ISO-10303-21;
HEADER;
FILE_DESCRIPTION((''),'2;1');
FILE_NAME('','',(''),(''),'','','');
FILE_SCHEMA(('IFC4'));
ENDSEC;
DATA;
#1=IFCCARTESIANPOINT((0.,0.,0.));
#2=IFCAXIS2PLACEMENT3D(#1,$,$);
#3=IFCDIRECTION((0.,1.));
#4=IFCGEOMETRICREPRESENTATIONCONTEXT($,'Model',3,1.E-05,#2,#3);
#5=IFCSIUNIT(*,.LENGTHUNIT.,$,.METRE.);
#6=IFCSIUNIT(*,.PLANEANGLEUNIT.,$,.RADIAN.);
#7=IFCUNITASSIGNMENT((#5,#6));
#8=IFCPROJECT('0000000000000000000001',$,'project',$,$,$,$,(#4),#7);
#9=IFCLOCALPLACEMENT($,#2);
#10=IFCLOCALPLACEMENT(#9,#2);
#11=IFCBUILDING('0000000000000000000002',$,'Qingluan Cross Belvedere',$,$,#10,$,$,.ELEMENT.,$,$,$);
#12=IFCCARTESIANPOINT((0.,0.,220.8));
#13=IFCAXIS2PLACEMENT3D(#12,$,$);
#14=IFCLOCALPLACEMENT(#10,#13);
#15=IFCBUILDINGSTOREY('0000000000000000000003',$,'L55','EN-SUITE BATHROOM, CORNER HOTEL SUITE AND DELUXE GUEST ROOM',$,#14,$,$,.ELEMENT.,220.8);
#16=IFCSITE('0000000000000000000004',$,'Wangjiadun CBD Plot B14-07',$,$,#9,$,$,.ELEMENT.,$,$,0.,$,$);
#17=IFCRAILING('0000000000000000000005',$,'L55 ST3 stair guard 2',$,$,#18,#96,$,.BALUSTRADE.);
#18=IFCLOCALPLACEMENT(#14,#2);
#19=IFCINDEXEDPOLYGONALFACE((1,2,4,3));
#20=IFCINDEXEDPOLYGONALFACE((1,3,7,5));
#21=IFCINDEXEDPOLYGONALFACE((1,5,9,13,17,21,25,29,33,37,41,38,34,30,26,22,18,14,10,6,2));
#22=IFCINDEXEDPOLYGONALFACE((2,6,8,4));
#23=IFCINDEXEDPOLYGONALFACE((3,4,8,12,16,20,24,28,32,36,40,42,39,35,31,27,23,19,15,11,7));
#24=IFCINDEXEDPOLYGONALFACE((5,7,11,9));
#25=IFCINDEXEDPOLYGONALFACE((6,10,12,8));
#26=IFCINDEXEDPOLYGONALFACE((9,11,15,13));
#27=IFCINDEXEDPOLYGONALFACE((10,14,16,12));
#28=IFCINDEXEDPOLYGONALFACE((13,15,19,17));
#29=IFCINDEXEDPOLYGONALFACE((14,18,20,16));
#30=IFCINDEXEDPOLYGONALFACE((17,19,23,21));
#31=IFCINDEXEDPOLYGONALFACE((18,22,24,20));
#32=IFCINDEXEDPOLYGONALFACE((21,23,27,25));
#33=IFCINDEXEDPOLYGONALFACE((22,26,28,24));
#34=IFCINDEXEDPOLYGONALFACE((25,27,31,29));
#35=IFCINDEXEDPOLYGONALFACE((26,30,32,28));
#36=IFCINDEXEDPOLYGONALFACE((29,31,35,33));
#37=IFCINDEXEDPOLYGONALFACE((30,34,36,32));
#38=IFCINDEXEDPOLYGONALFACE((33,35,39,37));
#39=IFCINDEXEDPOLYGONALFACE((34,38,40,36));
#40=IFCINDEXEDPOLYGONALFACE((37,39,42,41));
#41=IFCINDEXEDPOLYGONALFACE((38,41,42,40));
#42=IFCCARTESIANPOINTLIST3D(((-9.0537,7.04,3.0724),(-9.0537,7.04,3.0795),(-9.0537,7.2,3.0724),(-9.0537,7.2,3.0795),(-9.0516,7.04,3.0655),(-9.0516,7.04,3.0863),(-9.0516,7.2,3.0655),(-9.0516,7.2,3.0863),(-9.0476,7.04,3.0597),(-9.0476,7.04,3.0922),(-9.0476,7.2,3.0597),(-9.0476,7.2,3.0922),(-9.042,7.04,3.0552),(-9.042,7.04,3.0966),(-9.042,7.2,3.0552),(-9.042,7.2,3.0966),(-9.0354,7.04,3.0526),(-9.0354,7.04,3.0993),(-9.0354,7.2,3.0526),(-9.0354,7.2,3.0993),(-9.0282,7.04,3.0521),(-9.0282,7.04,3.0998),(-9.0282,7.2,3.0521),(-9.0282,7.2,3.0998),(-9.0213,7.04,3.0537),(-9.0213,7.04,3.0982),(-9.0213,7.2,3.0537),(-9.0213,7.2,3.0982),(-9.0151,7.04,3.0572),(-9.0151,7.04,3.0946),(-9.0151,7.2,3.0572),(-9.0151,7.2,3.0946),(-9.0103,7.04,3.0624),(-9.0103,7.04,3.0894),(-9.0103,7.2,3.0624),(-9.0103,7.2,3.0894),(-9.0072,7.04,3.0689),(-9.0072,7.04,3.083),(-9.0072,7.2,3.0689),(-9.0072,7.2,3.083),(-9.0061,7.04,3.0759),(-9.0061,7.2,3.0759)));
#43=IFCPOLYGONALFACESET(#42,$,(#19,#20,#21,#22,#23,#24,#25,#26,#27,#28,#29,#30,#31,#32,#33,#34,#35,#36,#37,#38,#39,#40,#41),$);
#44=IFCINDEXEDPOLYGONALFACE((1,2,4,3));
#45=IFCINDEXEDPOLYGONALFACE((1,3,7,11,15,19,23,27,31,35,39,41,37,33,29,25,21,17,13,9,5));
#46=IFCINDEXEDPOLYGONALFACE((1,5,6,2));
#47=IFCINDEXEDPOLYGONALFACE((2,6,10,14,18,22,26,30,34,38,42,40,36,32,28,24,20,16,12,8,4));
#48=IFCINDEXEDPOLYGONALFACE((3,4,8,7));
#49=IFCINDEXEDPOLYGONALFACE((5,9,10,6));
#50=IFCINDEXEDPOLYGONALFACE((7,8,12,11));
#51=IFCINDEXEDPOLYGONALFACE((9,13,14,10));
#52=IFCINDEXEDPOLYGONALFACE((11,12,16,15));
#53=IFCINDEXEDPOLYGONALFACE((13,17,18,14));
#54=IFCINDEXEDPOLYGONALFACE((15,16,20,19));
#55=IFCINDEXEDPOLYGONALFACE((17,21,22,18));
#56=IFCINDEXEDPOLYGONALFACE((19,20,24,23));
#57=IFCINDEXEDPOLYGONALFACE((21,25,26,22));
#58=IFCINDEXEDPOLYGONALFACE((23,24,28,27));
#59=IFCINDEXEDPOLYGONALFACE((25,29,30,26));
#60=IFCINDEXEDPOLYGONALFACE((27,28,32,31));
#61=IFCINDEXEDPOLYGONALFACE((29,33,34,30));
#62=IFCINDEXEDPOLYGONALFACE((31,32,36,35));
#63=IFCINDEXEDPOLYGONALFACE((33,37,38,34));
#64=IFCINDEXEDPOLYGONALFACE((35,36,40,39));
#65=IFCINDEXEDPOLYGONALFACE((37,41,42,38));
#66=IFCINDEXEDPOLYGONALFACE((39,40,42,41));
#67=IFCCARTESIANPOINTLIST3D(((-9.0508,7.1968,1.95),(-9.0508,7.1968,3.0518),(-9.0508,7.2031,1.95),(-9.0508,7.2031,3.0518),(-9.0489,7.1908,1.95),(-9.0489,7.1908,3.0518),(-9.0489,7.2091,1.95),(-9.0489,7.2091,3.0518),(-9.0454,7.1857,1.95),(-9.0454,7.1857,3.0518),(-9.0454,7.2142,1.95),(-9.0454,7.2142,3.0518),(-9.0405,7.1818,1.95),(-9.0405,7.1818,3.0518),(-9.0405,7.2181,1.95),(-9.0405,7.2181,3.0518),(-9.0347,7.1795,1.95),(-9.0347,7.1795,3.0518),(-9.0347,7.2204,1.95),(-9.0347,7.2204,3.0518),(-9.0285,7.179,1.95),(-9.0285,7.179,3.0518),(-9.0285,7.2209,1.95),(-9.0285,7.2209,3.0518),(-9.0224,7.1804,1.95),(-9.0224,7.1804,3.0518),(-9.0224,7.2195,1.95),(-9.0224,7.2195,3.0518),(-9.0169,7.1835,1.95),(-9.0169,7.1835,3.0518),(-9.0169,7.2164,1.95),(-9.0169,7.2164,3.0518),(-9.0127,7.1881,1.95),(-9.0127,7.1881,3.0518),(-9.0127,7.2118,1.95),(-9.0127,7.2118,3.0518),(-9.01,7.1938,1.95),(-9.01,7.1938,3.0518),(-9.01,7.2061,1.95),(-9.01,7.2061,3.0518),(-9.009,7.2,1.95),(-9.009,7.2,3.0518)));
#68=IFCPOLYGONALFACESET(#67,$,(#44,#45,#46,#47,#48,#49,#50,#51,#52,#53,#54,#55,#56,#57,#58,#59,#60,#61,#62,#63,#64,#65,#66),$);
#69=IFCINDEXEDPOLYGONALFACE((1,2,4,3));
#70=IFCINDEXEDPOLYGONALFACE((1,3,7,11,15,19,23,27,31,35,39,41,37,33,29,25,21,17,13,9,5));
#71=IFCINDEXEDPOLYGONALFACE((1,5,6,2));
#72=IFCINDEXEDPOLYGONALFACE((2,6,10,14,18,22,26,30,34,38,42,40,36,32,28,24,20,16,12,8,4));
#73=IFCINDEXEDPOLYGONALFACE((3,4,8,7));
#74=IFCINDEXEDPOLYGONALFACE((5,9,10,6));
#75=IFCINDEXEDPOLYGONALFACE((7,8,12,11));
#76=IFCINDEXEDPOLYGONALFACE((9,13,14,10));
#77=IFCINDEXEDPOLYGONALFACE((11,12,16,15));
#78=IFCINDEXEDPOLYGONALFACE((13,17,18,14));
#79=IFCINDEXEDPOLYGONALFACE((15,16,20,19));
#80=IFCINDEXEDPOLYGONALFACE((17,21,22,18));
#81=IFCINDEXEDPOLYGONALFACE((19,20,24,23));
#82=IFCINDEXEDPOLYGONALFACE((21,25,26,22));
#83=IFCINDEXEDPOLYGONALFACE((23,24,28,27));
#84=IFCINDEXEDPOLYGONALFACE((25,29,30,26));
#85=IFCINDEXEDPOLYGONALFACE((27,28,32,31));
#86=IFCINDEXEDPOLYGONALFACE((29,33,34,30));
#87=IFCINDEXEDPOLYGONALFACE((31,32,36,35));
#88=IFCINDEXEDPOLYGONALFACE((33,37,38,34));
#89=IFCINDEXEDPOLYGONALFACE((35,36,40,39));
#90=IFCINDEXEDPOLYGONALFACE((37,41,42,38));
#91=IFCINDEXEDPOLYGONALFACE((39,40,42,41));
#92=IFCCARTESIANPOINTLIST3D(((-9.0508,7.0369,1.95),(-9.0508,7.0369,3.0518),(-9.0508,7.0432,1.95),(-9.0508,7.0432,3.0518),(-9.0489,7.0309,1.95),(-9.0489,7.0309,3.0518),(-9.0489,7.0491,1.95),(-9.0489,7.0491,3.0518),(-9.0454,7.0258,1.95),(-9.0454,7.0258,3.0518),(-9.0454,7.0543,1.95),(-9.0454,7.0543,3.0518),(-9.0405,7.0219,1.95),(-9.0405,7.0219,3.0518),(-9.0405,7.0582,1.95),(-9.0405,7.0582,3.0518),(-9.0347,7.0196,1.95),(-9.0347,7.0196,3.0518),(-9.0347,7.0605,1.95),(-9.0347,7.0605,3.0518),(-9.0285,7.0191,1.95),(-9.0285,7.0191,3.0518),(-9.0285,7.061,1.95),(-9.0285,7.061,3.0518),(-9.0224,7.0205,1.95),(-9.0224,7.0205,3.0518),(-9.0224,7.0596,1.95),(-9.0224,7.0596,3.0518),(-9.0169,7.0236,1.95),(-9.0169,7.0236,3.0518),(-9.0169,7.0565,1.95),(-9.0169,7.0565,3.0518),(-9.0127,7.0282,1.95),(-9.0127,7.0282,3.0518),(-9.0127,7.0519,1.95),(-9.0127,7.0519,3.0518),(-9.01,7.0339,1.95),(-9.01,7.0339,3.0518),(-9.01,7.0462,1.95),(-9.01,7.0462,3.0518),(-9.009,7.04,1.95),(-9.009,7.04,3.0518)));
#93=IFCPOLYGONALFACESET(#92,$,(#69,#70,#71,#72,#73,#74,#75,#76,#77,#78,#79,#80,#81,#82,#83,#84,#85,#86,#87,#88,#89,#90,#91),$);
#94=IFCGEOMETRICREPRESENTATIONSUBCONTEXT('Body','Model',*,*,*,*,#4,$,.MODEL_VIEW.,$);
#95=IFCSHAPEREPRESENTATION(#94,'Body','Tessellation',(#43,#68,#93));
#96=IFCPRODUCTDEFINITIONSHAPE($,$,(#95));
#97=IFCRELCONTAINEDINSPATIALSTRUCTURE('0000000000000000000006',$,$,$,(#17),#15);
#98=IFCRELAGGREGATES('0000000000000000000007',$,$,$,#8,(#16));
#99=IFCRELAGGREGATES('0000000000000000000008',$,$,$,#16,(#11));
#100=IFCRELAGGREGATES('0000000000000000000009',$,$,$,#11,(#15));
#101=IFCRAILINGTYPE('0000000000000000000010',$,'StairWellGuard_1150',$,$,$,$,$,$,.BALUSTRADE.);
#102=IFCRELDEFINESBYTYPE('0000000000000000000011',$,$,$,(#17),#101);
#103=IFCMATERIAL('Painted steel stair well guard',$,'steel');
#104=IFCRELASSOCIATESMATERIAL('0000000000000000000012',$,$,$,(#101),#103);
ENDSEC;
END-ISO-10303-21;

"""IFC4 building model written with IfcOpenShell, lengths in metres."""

from ifc_helpers import new_model, si_unit, direction, frame, origin, origin_2d, place, context, subcontext, project, spatial, circle, extrude, material, type_object, element, save


model = new_model("IFC4")

# Units and contexts
model_context = context("Model", 3, precision=1e-05, world=origin(), true_north=direction((0.0, 1.0)))
body_context = subcontext(model_context, "Body", "Model", "MODEL_VIEW")
ifc_project = project(units=[si_unit("LENGTHUNIT", "METRE"), si_unit("PLANEANGLEUNIT", "RADIAN")], contexts=[model_context])

# Site, building, storey
site_placement = place(None, origin())
site = spatial("IfcSite", under=ifc_project, at=site_placement, Name="Wangjiadun CBD Plot B14-07", CompositionType="ELEMENT", RefElevation=0.0)
building_placement = place(site_placement, origin())
building = spatial("IfcBuilding", under=site, at=building_placement, Name="Qingluan Cross Belvedere", CompositionType="ELEMENT")
storey_placement = place(building_placement, frame((0.0, 0.0, 220.8)))
storey = spatial("IfcBuildingStorey", under=building, at=storey_placement, Name="L55", Description="EN-SUITE BATHROOM, CORNER HOTEL SUITE AND DELUXE GUEST ROOM", CompositionType="ELEMENT", Elevation=220.8)

# Railing
ifc_material_1 = material(Name="Painted steel stair well guard", Category="steel")
railing_type_1 = type_object("IfcRailingType", Name="StairWellGuard_1150", PredefinedType="BALUSTRADE", material=ifc_material_1)
railing_1_placement = place(storey_placement, frame((-9.03, 7.2, 1.95)))
element("IfcRailing", 1, at=railing_1_placement, inside=storey, type_object=railing_type_1, Name="L55 ST3 stair guard 2", PredefinedType="BALUSTRADE", context=body_context, shape_type="SweptSolid", body=[
    extrude(circle(Radius=0.0239, at=origin_2d()), frame((0.0, 0.0, 1.126), z_axis=(0.0, -1.0, 0.0), x_axis=(1.0, 0.0, 0.0)), (0.0, 0.0, 1.0), 0.1599),
    extrude(circle(Radius=0.021, at=origin_2d()), origin(), (0.0, 0.0, 1.0), 1.1018),
    extrude(circle(Radius=0.021, at=origin_2d()), frame((0.0, -0.1599, 0.0)), (0.0, 0.0, 1.0), 1.1018),
])

save(model, "model.ifc")
